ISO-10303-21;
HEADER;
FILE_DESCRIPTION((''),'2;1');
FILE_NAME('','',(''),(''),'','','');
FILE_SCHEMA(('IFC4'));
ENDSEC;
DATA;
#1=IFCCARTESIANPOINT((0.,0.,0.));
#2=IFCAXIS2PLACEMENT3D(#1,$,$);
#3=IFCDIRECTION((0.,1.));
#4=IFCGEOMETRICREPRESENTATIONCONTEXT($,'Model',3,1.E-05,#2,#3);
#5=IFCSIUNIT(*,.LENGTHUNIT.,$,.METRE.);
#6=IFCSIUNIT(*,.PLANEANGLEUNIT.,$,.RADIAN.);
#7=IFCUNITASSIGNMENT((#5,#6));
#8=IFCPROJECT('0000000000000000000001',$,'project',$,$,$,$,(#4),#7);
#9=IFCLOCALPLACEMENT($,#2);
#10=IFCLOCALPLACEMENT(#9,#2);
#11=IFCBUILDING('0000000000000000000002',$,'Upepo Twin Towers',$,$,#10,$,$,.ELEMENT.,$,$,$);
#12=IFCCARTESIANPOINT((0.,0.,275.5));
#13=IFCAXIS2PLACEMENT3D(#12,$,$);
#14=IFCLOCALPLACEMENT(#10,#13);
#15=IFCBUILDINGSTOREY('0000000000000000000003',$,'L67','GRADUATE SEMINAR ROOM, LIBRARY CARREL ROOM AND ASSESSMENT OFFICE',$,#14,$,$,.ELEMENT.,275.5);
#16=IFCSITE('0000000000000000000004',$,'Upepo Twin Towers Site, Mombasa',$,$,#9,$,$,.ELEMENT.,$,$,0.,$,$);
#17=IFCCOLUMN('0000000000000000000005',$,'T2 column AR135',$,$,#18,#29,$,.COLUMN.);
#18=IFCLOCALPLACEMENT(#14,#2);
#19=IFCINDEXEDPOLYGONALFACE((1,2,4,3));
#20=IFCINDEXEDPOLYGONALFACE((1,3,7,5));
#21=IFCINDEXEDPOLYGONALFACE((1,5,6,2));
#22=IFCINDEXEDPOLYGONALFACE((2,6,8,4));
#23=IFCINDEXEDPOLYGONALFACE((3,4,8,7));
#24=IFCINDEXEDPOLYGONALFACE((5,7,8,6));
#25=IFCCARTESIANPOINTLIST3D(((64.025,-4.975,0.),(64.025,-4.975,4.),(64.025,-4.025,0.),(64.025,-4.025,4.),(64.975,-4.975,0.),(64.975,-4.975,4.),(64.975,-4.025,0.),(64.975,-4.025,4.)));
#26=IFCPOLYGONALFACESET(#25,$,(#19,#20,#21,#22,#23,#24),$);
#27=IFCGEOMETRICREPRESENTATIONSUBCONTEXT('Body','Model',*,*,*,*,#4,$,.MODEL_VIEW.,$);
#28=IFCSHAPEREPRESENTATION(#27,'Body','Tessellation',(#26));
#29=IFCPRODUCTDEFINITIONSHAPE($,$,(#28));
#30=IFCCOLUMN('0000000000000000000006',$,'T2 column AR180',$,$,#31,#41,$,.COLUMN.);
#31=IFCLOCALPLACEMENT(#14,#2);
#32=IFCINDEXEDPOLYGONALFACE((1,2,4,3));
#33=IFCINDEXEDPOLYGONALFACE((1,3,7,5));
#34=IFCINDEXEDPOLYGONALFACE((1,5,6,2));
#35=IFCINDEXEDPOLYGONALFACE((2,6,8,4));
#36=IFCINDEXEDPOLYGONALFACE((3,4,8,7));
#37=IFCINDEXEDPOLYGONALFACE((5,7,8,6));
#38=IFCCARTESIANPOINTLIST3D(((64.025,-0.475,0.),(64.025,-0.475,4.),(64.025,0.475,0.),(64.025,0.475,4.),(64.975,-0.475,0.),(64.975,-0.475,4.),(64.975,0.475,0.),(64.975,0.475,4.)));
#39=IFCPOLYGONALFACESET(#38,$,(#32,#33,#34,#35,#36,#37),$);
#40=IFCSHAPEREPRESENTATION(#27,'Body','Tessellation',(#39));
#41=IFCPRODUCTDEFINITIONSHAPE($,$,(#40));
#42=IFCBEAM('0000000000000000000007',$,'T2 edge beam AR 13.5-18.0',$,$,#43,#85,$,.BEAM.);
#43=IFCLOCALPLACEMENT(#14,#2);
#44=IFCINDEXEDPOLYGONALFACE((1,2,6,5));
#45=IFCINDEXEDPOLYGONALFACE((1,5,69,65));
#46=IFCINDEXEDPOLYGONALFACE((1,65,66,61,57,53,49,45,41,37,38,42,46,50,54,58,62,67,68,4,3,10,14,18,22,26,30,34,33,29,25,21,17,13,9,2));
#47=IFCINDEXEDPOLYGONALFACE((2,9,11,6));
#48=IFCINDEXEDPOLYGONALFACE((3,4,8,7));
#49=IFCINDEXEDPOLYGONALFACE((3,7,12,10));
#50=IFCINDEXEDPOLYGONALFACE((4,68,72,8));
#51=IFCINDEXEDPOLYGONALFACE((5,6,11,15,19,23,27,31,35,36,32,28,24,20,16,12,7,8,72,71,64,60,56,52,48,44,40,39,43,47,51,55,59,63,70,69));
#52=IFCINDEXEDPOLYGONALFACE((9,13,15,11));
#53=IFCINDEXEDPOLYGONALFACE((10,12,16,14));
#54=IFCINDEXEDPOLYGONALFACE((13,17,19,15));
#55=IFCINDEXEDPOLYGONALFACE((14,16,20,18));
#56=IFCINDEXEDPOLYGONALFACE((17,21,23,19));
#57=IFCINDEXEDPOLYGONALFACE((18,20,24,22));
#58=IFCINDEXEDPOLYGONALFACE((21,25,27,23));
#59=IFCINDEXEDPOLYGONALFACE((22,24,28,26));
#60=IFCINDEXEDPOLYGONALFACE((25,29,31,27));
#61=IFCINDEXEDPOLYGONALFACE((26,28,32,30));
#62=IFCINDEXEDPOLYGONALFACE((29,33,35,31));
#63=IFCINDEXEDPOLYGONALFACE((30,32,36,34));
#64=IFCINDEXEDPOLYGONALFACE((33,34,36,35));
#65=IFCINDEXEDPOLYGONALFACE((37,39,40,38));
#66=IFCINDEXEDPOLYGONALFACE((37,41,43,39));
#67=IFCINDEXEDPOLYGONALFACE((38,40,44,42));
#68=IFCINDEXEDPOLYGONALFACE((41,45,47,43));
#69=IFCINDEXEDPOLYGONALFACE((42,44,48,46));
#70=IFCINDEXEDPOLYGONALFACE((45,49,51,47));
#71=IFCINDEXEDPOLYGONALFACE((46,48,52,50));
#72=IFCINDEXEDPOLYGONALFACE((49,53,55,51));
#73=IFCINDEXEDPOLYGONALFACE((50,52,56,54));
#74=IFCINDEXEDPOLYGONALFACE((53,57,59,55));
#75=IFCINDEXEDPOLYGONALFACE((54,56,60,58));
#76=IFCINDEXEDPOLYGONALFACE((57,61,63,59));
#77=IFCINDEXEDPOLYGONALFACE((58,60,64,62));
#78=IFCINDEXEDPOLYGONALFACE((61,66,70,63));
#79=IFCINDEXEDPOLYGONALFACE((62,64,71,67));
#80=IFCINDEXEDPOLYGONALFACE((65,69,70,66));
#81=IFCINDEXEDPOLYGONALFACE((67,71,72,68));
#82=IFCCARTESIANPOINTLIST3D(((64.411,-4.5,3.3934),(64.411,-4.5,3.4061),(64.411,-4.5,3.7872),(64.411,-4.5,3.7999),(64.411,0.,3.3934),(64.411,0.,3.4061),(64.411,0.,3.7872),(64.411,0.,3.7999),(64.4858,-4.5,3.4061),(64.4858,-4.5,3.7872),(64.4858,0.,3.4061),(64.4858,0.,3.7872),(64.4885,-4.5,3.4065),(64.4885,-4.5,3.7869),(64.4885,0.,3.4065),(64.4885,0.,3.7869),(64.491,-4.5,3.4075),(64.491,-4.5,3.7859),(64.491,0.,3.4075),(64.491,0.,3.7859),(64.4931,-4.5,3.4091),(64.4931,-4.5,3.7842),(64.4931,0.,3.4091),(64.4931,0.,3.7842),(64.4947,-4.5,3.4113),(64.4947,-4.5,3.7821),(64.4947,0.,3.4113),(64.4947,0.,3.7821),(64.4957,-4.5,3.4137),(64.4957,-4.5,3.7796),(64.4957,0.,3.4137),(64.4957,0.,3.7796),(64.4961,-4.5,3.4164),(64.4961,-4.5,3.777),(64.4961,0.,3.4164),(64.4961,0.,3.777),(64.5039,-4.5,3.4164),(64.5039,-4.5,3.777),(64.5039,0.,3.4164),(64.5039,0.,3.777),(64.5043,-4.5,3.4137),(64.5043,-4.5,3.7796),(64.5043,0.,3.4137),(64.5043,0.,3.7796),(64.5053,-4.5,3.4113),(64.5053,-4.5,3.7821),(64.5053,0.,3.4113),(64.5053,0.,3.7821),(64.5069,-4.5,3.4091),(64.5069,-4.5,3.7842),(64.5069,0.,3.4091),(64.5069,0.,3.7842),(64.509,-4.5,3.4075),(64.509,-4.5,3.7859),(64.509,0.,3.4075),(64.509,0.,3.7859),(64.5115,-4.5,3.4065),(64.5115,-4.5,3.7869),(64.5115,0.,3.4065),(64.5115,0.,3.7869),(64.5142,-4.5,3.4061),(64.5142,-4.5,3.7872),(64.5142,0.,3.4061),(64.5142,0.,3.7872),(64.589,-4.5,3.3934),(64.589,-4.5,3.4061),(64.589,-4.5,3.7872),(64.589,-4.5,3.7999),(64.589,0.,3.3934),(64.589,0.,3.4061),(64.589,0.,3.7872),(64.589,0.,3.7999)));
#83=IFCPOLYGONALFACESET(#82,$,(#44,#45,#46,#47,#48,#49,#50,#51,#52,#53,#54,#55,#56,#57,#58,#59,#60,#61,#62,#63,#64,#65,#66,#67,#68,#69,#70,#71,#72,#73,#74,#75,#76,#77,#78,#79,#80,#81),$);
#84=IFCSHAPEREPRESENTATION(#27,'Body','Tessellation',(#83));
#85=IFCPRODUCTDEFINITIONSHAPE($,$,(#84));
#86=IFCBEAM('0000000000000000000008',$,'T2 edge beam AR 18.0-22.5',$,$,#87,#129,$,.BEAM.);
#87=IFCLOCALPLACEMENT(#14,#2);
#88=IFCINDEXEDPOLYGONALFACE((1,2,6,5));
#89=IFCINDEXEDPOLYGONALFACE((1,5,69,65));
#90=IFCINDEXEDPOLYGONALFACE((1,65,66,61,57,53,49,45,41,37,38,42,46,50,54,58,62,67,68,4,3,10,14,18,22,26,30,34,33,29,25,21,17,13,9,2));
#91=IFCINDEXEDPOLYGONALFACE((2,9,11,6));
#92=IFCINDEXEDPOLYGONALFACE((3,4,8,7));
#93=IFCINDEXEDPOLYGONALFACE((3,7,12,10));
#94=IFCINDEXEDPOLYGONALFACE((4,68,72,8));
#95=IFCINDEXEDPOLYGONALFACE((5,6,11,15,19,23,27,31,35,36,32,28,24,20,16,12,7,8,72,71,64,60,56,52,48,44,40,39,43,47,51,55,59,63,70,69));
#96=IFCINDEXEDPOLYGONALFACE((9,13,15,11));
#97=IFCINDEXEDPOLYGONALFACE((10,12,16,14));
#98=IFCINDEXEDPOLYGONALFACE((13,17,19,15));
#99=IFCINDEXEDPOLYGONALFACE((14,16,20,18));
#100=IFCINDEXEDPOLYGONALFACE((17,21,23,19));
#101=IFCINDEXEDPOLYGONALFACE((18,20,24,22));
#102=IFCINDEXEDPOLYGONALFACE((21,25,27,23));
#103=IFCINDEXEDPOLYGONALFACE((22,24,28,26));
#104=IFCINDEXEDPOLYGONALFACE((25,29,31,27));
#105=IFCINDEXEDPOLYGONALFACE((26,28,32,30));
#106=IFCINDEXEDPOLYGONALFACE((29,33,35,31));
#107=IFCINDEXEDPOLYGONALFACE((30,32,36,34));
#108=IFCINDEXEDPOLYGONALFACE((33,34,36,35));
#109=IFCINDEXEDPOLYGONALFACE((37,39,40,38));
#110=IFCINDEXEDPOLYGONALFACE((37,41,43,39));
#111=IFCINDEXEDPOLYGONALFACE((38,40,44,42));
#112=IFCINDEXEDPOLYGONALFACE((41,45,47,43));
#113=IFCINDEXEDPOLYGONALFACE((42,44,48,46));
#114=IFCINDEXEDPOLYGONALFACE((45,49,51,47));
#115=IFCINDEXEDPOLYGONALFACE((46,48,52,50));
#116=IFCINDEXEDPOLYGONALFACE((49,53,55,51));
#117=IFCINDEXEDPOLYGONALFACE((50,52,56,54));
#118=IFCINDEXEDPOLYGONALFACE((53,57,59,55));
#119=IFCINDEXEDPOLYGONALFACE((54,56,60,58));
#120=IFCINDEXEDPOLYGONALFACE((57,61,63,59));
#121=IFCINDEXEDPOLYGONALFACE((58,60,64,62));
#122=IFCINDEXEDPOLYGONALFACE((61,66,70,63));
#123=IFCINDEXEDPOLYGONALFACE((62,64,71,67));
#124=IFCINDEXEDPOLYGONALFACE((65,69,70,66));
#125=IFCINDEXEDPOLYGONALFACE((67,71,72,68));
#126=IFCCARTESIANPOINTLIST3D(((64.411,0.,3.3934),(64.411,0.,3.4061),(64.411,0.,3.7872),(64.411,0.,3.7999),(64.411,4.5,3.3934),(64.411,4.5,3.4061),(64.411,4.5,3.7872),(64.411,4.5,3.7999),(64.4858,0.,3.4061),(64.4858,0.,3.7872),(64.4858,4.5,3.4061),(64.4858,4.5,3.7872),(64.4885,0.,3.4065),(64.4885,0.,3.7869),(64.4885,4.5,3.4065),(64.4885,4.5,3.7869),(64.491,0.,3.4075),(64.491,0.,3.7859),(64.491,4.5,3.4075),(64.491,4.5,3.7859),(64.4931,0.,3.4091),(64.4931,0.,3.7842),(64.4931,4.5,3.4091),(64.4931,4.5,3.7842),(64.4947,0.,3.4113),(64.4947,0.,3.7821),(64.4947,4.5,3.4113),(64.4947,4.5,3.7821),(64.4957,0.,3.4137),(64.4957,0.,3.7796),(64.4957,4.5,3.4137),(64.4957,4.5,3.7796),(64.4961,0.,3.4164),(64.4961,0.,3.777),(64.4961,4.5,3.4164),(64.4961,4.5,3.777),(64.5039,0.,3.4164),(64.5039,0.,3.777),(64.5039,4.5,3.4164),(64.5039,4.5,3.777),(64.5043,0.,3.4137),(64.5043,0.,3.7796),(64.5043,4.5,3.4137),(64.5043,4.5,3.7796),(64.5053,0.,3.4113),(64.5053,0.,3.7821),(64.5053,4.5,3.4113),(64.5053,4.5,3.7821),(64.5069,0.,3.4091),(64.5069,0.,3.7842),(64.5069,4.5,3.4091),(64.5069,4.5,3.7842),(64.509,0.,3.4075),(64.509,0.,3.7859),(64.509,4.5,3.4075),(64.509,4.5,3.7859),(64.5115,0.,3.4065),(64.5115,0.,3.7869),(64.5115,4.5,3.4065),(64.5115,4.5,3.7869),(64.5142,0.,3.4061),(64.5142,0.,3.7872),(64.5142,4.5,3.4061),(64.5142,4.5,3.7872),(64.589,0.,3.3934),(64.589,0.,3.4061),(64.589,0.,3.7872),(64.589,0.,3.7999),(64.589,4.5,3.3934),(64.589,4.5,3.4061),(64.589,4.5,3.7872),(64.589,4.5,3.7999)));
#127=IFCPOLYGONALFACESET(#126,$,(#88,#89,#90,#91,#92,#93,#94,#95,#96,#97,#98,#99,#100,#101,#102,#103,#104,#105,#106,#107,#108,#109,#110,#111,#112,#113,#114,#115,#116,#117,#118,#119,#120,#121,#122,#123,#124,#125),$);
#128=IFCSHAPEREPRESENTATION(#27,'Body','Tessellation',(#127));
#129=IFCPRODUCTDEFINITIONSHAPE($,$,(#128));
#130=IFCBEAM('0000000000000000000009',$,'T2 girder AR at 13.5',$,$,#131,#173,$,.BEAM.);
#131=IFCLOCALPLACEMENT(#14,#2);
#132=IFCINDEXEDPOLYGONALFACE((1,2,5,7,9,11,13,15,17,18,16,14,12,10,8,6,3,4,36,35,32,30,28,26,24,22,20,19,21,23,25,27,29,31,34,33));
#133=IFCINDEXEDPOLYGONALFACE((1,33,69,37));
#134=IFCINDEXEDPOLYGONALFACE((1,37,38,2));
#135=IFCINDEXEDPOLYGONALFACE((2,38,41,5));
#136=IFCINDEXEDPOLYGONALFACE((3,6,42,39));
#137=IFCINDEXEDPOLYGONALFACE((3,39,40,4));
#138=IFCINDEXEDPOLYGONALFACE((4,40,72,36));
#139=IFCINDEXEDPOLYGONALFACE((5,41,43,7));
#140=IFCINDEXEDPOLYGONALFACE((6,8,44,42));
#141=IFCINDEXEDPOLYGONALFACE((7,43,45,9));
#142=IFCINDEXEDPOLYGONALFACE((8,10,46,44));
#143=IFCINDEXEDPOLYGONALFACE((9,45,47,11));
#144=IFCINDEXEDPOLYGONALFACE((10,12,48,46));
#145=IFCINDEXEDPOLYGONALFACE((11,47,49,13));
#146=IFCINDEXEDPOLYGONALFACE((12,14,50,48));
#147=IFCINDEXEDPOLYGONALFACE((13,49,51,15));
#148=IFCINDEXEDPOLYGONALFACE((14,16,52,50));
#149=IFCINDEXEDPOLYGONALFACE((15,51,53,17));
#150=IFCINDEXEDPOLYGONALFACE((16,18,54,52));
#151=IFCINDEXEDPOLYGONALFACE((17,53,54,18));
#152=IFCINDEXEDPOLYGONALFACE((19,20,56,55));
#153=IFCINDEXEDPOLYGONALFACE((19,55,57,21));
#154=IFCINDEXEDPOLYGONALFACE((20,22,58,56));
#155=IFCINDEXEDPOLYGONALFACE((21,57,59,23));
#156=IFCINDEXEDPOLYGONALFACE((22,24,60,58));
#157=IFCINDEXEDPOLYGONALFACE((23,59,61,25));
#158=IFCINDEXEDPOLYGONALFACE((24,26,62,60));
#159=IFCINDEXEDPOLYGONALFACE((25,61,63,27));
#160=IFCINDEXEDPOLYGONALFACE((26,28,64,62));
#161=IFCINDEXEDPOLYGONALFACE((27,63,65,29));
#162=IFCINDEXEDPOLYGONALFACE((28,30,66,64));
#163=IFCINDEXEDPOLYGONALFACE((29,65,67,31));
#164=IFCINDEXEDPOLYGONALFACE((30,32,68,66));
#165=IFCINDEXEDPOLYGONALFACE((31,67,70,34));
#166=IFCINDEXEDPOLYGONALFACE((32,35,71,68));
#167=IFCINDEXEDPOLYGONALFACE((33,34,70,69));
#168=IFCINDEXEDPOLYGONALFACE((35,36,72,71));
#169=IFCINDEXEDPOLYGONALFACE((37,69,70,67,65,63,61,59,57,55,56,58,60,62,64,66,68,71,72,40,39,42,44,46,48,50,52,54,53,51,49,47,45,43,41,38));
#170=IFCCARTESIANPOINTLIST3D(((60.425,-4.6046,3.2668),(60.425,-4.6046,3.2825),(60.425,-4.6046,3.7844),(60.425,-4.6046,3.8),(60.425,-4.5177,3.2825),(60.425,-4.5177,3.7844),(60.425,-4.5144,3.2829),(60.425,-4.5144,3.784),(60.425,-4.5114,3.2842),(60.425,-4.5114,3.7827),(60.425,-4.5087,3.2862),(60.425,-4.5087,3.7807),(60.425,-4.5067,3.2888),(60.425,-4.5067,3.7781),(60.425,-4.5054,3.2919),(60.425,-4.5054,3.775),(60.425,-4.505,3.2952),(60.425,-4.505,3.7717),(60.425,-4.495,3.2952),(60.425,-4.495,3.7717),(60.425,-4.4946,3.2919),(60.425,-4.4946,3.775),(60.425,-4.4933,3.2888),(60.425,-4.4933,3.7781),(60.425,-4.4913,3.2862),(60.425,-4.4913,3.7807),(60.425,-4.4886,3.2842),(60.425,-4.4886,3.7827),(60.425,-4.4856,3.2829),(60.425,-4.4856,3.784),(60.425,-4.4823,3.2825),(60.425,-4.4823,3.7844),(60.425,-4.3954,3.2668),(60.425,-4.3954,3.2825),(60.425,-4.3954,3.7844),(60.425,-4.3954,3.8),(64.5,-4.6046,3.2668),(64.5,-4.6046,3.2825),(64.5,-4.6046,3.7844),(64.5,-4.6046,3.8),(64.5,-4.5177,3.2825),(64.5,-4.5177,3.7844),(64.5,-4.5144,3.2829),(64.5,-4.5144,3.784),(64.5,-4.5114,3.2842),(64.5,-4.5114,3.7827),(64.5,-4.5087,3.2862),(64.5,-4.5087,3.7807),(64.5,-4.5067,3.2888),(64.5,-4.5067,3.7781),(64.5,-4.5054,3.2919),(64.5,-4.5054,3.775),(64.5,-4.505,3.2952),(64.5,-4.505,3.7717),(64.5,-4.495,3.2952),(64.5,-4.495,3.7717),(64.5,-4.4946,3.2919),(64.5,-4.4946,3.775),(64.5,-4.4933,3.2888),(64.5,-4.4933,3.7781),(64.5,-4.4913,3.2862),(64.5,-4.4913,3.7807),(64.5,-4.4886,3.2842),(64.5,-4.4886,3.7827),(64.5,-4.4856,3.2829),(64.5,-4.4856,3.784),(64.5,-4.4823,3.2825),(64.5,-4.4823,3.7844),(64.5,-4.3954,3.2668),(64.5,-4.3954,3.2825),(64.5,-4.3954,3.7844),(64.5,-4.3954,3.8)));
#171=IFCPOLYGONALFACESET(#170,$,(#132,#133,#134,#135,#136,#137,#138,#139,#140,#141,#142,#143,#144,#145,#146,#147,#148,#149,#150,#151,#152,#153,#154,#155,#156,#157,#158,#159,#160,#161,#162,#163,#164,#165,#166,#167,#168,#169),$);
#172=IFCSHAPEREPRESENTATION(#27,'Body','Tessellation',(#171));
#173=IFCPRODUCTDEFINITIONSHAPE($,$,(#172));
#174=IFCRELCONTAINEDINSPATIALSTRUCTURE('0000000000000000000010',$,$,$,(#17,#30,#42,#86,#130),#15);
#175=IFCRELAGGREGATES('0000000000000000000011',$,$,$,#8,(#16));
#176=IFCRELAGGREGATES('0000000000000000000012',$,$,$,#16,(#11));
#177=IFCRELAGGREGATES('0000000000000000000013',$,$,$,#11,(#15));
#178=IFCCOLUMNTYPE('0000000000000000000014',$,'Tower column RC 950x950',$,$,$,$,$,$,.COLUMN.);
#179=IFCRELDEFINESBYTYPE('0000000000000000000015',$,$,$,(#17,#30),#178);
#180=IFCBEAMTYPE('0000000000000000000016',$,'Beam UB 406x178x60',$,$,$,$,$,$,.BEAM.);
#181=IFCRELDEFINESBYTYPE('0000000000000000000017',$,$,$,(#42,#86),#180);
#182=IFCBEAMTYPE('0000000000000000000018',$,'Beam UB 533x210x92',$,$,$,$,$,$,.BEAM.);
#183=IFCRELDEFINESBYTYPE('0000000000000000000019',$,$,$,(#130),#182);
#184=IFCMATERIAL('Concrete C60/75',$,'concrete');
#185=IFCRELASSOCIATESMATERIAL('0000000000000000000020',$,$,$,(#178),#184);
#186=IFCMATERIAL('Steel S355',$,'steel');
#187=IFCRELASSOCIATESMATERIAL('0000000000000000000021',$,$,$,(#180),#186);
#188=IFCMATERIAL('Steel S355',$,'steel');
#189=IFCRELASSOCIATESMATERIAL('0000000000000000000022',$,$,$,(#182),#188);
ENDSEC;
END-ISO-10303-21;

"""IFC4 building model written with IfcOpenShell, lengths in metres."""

from ifc_helpers import new_model, si_unit, direction, frame, origin, origin_2d, place, context, subcontext, project, spatial, rectangle, i_section, extrude, material, material_profile, profile_set, type_object, element, save


model = new_model("IFC4")

# Units and contexts
model_context = context("Model", 3, precision=1e-05, world=origin(), true_north=direction((0.0, 1.0)))
body_context = subcontext(model_context, "Body", "Model", "MODEL_VIEW")
ifc_project = project(units=[si_unit("LENGTHUNIT", "METRE"), si_unit("PLANEANGLEUNIT", "RADIAN")], contexts=[model_context])

# Site, building, storey
site_placement = place(None, origin())
site = spatial("IfcSite", under=ifc_project, at=site_placement, Name="Upepo Twin Towers Site, Mombasa", CompositionType="ELEMENT", RefElevation=0.0)
building_placement = place(site_placement, origin())
building = spatial("IfcBuilding", under=site, at=building_placement, Name="Upepo Twin Towers", CompositionType="ELEMENT")
storey_placement = place(building_placement, frame((0.0, 0.0, 275.5)))
storey = spatial("IfcBuildingStorey", under=building, at=storey_placement, Name="L67", Description="GRADUATE SEMINAR ROOM, LIBRARY CARREL ROOM AND ASSESSMENT OFFICE", CompositionType="ELEMENT", Elevation=275.5)

# Columns
ifc_material_1 = material(Name="Concrete C60/75", Category="concrete")
ifc_material_profile_1 = material_profile(ifc_material_1, rectangle(XDim=0.95, YDim=0.95, at=origin_2d()), Name="RC 950x950")
ifc_profile_set_1 = profile_set([ifc_material_profile_1], Name="Concrete C60/75")
column_type = type_object("IfcColumnType", Name="Tower column RC 950x950", PredefinedType="COLUMN", material=ifc_profile_set_1)
for number, where, z_axis, x_axis, name in (
    (1, (64.5, -4.5, 0.0), (0.0, 0.0, 1.0), (1.0, 0.0, 0.0), "T2 column AR135"),
    (2, (64.5, 0.0, 0.0), (0.0, 0.0, 1.0), (1.0, 0.0, 0.0), "T2 column AR180"),
):
    element("IfcColumn", number, at=place(storey_placement, frame(where, z_axis=z_axis, x_axis=x_axis)), inside=storey, type_object=column_type, Name=name, PredefinedType="COLUMN", context=body_context, shape_type="SweptSolid", body=[
        extrude(rectangle(XDim=0.95, YDim=0.95, at=origin_2d()), origin(), (0.0, 0.0, 1.0), 4.0),
    ])

# Beams
ifc_material_2 = material(Name="Steel S355", Category="steel")
ifc_material_profile_2 = material_profile(ifc_material_2, i_section(OverallWidth=0.178, OverallDepth=0.4065, WebThickness=0.0078, FlangeThickness=0.0127, FilletRadius=0.0103, at=origin_2d()), Name="UB 406x178x60")
ifc_profile_set_2 = profile_set([ifc_material_profile_2], Name="Steel S355")
beam_type_1 = type_object("IfcBeamType", Name="Beam UB 406x178x60", PredefinedType="BEAM", material=ifc_profile_set_2)
for number, where, z_axis, x_axis, name in (
    (3, (64.5, -4.5, 3.5967), (0.0, 1.0, 0.0), (-1.0, 0.0, 0.0), "T2 edge beam AR 13.5-18.0"),
    (4, (64.5, 0.0, 3.5967), (0.0, 1.0, 0.0), (-1.0, 0.0, 0.0), "T2 edge beam AR 18.0-22.5"),
):
    element("IfcBeam", number, at=place(storey_placement, frame(where, z_axis=z_axis, x_axis=x_axis)), inside=storey, type_object=beam_type_1, Name=name, PredefinedType="BEAM", context=body_context, shape_type="SweptSolid", body=[
        extrude(i_section(OverallWidth=0.178, OverallDepth=0.4065, WebThickness=0.0078, FlangeThickness=0.0127, FilletRadius=0.0103, at=origin_2d()), origin(), (0.0, 0.0, 1.0), 4.5),
    ])
ifc_material_3 = material(Name="Steel S355", Category="steel")
ifc_material_profile_3 = material_profile(ifc_material_3, i_section(OverallWidth=0.2092, OverallDepth=0.5332, WebThickness=0.01, FlangeThickness=0.0156, FilletRadius=0.0127, at=origin_2d()), Name="UB 533x210x92")
ifc_profile_set_3 = profile_set([ifc_material_profile_3], Name="Steel S355")
beam_type_2 = type_object("IfcBeamType", Name="Beam UB 533x210x92", PredefinedType="BEAM", material=ifc_profile_set_3)
for number, where, z_axis, x_axis, name in (
    (5, (64.5, -4.5, 3.5334), (-1.0, 0.0, 0.0), (0.0, -1.0, 0.0), "T2 girder AR at 13.5"),
):
    element("IfcBeam", number, at=place(storey_placement, frame(where, z_axis=z_axis, x_axis=x_axis)), inside=storey, type_object=beam_type_2, Name=name, PredefinedType="BEAM", context=body_context, shape_type="SweptSolid", body=[
        extrude(i_section(OverallWidth=0.2092, OverallDepth=0.5332, WebThickness=0.01, FlangeThickness=0.0156, FilletRadius=0.0127, at=origin_2d()), origin(), (0.0, 0.0, 1.0), 4.075),
    ])

save(model, "model.ifc")
